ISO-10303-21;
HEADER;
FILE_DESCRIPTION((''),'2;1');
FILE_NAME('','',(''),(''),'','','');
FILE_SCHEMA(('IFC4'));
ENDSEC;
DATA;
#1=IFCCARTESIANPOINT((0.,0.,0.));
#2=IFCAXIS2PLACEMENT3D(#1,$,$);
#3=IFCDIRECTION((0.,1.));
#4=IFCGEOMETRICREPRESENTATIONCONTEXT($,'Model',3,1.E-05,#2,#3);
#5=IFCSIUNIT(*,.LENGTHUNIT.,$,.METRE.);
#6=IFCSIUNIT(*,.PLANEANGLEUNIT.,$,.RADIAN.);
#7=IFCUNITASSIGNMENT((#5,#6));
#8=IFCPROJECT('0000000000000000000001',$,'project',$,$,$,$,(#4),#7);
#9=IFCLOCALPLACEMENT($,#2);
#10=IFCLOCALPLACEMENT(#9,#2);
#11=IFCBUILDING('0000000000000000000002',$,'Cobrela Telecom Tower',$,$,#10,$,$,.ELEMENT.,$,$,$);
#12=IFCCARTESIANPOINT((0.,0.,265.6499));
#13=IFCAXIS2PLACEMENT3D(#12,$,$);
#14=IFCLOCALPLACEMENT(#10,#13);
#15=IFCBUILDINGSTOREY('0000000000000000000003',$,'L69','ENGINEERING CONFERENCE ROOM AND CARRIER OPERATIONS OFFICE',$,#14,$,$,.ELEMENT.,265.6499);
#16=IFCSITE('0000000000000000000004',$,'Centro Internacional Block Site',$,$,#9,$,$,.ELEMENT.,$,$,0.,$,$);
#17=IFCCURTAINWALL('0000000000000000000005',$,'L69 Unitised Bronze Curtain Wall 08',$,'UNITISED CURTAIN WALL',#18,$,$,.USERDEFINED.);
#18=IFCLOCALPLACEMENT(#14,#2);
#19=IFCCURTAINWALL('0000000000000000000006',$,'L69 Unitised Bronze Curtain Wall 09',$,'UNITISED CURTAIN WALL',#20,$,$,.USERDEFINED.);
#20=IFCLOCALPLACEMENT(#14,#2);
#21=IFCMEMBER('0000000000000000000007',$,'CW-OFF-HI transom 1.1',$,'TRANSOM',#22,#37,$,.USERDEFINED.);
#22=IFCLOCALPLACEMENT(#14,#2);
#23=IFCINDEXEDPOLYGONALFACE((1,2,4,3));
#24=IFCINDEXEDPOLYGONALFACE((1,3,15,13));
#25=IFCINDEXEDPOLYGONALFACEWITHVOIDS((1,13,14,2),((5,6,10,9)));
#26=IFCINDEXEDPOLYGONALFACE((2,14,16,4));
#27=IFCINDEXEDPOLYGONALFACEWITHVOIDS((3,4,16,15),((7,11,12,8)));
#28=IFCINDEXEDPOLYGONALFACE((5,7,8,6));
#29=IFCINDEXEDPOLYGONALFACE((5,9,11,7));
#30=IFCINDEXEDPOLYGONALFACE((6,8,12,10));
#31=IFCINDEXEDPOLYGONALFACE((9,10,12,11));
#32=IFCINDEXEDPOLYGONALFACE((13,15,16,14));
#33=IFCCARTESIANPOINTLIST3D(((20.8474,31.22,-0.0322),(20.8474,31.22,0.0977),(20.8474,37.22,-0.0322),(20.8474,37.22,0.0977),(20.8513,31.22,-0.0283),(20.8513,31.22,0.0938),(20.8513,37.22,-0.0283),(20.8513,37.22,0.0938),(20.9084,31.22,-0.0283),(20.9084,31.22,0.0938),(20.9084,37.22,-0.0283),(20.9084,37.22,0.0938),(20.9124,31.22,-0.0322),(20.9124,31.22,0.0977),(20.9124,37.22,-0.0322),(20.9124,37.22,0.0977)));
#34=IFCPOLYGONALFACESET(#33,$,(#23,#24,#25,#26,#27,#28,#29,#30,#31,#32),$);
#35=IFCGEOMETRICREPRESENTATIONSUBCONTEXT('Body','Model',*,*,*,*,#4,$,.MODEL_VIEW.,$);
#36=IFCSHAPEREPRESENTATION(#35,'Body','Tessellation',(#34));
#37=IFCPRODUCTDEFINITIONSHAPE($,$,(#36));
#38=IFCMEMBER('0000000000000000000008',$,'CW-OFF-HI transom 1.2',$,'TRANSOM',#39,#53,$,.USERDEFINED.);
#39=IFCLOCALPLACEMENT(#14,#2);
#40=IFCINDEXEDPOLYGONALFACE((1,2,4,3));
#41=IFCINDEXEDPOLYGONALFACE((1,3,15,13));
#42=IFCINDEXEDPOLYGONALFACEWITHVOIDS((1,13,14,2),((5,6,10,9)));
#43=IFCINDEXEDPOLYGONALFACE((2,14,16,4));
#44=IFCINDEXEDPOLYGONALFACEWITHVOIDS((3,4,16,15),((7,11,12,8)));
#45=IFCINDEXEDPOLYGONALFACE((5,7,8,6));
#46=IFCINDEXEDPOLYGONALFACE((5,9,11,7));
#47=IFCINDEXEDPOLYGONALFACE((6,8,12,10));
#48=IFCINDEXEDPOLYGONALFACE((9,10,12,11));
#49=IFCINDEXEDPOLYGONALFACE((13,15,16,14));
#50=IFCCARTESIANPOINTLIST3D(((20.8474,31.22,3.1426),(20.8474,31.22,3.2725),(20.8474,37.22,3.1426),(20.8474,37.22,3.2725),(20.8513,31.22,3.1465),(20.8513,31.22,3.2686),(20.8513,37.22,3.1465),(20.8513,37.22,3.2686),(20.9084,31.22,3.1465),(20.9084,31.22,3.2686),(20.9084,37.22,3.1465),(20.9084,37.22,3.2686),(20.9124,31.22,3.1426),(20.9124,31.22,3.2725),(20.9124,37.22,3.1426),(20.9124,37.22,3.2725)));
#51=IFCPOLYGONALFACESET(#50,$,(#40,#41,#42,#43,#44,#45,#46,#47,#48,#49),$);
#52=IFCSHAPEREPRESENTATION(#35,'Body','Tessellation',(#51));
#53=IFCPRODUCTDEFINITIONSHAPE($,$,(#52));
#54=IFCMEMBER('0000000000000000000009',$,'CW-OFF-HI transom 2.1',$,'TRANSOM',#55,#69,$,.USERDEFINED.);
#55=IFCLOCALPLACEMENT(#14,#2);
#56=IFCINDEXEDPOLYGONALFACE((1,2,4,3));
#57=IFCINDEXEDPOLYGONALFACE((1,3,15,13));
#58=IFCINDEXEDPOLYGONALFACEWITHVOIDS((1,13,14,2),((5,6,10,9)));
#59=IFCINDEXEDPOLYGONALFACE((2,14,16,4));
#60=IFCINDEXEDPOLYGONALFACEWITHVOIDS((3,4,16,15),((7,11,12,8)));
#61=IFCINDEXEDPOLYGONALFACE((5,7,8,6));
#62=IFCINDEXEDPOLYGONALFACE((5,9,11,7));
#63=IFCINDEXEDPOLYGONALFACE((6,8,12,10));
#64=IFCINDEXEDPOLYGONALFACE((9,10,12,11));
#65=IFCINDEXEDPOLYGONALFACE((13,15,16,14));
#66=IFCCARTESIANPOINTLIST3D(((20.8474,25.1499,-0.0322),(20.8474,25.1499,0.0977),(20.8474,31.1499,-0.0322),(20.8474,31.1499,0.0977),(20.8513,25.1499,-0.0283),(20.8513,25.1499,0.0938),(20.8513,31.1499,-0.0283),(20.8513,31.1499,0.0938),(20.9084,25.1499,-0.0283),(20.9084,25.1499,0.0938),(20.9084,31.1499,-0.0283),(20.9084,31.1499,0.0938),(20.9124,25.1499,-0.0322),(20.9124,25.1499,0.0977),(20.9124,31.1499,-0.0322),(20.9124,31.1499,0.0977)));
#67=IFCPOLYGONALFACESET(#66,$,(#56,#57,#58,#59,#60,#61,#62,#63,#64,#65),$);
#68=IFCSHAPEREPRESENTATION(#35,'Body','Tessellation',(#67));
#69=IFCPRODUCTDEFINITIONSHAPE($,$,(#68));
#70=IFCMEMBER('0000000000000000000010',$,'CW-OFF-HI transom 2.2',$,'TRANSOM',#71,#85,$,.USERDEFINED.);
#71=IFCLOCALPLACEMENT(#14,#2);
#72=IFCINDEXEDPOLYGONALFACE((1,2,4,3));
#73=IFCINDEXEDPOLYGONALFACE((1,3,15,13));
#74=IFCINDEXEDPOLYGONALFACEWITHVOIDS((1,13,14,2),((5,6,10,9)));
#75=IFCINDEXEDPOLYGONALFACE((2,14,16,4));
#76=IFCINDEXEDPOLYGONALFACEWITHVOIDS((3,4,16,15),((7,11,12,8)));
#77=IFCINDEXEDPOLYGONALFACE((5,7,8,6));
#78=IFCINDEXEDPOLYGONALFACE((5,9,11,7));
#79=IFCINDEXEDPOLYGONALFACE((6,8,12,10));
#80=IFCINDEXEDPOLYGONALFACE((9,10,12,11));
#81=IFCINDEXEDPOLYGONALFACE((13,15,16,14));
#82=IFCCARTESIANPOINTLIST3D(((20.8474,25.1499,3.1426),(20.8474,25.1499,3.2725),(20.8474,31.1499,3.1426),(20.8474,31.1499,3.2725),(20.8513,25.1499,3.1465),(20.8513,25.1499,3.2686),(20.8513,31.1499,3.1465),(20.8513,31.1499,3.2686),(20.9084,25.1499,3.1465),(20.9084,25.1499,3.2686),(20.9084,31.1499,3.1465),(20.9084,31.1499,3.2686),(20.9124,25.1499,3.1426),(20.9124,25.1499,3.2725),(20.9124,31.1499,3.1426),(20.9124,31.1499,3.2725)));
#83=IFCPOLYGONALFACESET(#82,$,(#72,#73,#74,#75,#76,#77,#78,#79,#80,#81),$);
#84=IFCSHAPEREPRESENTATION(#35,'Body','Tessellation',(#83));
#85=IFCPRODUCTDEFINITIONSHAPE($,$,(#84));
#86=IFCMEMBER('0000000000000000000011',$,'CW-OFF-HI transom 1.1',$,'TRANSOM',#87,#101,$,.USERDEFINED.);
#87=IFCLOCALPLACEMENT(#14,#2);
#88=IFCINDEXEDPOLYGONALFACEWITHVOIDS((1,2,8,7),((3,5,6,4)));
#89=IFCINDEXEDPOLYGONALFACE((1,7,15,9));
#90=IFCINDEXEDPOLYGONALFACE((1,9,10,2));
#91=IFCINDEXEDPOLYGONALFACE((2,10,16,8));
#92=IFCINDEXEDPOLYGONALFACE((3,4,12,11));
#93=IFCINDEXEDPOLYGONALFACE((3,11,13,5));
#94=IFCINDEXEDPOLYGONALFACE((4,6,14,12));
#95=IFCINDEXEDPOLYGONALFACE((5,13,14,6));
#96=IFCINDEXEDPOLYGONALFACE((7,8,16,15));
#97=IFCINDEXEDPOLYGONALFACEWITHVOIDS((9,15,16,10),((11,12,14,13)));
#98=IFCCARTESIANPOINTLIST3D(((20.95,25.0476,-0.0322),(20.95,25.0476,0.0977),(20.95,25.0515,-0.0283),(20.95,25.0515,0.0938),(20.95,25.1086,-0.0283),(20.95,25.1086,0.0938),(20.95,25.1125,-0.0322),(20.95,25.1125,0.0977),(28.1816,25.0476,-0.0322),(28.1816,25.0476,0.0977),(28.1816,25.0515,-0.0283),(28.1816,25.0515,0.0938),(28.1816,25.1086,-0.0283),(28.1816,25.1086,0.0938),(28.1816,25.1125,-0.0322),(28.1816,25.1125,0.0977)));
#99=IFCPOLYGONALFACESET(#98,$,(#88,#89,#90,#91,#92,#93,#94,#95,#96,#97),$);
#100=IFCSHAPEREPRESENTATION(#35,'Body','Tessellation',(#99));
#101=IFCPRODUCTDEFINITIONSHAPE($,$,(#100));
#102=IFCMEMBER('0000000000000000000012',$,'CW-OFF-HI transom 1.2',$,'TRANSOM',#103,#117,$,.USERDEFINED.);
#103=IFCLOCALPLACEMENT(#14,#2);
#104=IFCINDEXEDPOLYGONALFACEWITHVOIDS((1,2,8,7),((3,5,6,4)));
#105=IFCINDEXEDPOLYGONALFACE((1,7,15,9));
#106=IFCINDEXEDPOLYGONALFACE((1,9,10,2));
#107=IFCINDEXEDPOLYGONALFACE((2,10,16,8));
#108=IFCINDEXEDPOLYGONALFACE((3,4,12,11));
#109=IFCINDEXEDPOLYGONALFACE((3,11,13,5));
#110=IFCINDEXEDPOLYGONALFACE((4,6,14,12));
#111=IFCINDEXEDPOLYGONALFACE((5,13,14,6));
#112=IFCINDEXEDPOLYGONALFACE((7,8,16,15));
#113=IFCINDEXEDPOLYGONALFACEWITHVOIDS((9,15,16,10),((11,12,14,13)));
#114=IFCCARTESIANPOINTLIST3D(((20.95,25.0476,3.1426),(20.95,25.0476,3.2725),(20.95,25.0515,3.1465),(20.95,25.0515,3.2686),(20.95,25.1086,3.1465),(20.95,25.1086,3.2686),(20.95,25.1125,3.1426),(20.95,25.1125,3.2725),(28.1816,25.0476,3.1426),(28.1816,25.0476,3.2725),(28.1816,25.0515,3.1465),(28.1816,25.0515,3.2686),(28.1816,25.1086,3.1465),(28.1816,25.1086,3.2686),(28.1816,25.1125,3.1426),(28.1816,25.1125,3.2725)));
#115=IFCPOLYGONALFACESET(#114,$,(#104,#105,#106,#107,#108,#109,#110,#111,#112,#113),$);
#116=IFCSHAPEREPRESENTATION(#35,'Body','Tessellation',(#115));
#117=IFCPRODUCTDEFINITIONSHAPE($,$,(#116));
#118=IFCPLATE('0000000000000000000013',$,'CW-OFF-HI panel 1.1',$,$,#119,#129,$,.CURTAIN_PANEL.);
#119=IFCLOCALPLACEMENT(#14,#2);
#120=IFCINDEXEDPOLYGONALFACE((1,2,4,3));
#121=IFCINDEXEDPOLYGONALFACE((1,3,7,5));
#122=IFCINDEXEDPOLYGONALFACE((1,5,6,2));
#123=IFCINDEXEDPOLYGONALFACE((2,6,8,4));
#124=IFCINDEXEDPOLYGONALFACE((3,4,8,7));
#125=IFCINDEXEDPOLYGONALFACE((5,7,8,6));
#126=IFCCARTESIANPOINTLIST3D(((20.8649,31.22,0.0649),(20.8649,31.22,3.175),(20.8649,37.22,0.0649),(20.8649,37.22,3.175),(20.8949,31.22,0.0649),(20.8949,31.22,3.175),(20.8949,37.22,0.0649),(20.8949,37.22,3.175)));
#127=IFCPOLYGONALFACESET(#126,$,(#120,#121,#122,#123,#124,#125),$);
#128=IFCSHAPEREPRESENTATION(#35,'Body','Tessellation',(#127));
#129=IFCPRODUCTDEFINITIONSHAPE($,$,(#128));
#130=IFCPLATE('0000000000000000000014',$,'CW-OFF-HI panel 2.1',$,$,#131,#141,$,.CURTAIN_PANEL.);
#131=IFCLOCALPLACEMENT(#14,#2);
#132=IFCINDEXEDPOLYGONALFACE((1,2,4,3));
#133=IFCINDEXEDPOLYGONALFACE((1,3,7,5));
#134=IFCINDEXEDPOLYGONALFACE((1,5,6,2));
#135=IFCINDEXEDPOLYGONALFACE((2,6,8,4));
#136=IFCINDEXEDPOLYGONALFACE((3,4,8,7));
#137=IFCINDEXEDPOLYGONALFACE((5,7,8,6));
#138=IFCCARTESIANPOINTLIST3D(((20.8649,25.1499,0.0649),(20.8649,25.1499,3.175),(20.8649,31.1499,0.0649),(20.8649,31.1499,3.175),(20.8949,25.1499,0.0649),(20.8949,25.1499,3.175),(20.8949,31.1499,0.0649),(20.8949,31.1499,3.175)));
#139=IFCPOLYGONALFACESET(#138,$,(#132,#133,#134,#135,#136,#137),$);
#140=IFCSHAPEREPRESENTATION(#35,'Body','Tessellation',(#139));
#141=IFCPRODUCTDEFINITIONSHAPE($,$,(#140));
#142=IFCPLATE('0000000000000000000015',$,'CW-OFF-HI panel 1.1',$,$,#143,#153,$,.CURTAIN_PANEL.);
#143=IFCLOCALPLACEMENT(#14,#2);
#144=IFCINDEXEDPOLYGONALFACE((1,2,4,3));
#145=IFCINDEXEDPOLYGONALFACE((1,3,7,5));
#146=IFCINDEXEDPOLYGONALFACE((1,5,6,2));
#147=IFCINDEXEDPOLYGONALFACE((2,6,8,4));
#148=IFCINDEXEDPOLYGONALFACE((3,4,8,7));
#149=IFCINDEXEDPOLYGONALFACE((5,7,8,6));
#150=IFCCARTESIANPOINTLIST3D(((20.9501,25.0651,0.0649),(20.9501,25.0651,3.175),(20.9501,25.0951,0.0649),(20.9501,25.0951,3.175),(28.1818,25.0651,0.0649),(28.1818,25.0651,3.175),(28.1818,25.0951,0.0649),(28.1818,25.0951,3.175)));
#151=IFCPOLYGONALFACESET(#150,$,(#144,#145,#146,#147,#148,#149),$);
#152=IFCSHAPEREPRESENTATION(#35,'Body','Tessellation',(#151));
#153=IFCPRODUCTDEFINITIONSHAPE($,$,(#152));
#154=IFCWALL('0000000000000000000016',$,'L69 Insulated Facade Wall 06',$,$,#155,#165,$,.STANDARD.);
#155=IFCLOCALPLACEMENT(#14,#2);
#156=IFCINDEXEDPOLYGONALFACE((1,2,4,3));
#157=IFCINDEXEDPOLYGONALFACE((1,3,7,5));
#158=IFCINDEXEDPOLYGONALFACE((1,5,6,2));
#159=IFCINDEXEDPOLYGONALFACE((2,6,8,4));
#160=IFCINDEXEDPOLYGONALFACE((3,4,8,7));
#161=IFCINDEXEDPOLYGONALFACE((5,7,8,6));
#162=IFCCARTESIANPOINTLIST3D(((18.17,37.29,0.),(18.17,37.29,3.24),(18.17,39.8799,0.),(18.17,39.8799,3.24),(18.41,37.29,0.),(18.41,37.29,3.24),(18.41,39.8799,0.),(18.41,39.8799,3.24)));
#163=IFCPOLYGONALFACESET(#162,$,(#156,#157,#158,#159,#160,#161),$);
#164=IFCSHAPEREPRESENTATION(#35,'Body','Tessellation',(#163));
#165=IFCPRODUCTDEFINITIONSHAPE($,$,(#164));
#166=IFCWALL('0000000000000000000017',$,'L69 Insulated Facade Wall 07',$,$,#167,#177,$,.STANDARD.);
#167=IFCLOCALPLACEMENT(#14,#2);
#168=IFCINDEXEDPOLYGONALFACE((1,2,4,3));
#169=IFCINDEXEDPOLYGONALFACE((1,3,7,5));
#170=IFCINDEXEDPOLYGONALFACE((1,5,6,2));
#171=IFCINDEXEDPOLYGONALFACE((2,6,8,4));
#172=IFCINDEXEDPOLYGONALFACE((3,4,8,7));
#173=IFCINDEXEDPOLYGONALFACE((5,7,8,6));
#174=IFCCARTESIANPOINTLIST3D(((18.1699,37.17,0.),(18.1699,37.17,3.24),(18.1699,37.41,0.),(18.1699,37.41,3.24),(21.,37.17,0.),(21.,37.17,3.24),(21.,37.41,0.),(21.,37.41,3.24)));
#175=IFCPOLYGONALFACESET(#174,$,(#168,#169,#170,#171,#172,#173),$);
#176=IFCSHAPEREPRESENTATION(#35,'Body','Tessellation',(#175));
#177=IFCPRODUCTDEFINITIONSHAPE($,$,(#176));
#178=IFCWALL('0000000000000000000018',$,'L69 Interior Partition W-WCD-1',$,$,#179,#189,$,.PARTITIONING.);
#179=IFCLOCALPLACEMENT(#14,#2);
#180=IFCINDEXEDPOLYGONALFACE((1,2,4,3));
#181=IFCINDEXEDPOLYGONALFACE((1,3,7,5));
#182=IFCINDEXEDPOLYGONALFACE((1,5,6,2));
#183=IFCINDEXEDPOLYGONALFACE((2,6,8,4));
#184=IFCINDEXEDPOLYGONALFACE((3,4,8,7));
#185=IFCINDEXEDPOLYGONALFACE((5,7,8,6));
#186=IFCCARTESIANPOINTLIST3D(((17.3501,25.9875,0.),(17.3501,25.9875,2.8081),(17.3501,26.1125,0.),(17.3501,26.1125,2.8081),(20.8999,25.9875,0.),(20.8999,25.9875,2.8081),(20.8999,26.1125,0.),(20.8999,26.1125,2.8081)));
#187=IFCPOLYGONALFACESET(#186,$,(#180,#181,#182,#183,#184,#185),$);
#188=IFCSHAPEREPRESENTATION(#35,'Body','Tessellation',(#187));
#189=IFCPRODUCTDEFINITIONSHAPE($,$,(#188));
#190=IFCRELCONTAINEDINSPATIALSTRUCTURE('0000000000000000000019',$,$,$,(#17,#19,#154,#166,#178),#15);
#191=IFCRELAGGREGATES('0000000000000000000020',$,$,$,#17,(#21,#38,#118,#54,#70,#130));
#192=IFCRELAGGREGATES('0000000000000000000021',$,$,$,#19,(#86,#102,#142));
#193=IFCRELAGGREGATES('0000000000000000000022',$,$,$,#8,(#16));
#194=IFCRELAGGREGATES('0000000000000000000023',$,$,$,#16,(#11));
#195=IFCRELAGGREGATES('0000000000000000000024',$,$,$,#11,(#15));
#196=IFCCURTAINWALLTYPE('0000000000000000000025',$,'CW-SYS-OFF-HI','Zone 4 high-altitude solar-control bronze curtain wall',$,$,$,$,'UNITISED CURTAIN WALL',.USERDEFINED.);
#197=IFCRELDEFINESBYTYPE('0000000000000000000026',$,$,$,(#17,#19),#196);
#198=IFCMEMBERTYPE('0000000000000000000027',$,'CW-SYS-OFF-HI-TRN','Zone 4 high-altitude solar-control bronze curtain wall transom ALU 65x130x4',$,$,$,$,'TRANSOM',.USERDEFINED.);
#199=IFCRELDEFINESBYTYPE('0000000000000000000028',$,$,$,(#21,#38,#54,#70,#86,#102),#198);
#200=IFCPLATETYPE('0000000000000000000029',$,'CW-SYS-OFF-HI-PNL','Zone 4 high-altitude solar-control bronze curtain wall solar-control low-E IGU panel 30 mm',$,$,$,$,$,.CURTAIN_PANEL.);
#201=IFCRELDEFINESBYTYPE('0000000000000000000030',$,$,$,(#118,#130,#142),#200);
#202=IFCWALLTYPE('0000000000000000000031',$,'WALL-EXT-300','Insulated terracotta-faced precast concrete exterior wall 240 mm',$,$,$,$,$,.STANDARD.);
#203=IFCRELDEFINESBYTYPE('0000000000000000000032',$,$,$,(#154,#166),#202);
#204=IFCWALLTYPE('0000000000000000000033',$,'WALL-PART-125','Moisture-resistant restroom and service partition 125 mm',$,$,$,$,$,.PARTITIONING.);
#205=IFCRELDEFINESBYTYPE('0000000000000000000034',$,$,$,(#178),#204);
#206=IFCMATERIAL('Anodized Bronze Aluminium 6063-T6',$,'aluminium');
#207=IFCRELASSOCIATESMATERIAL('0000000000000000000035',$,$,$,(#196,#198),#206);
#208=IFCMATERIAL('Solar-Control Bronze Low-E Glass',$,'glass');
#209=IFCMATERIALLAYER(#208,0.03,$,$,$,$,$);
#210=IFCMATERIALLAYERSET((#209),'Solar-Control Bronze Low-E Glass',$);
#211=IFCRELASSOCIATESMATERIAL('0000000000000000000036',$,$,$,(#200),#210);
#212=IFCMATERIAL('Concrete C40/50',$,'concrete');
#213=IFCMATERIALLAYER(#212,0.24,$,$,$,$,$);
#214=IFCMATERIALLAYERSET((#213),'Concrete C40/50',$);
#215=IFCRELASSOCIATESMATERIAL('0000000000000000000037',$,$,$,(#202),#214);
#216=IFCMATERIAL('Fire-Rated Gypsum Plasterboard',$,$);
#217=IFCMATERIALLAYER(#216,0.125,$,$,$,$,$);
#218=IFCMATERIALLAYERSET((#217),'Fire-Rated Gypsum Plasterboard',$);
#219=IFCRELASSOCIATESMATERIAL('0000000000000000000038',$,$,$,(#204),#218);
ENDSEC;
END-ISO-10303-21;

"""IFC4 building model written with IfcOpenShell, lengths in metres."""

from ifc_helpers import new_model, si_unit, direction, frame, frame_2d, origin, origin_2d, place, context, subcontext, project, spatial, rectangle, hollow_rectangle, extrude, material, layer, layer_set, material_profile, profile_set, type_object, element, aggregate, save


model = new_model("IFC4")

# Units and contexts
model_context = context("Model", 3, precision=1e-05, world=origin(), true_north=direction((0.0, 1.0)))
body_context = subcontext(model_context, "Body", "Model", "MODEL_VIEW")
ifc_project = project(units=[si_unit("LENGTHUNIT", "METRE"), si_unit("PLANEANGLEUNIT", "RADIAN")], contexts=[model_context])

# Site, building, storey
site_placement = place(None, origin())
site = spatial("IfcSite", under=ifc_project, at=site_placement, Name="Centro Internacional Block Site", CompositionType="ELEMENT", RefElevation=0.0)
building_placement = place(site_placement, origin())
building = spatial("IfcBuilding", under=site, at=building_placement, Name="Cobrela Telecom Tower", CompositionType="ELEMENT")
storey_placement = place(building_placement, frame((0.0, 0.0, 265.6499)))
storey = spatial("IfcBuildingStorey", under=building, at=storey_placement, Name="L69", Description="ENGINEERING CONFERENCE ROOM AND CARRIER OPERATIONS OFFICE", CompositionType="ELEMENT", Elevation=265.6499)

# Shared definitions
ifc_material_1 = material(Name="Anodized Bronze Aluminium 6063-T6", Category="aluminium")
curtain_wall_type = type_object("IfcCurtainWallType", Name="CW-SYS-OFF-HI", Description="Zone 4 high-altitude solar-control bronze curtain wall", ElementType="UNITISED CURTAIN WALL", PredefinedType="USERDEFINED", material=ifc_material_1)

# Curtain wall
curtain_wall_1_placement = place(storey_placement, origin())
curtain_wall_1 = element("IfcCurtainWall", 1, at=curtain_wall_1_placement, inside=storey, type_object=curtain_wall_type, Name="L69 Unitised Bronze Curtain Wall 08", ObjectType="UNITISED CURTAIN WALL", PredefinedType="USERDEFINED")

# Curtain wall
curtain_wall_2_placement = place(storey_placement, origin())
curtain_wall_2 = element("IfcCurtainWall", 2, at=curtain_wall_2_placement, inside=storey, type_object=curtain_wall_type, Name="L69 Unitised Bronze Curtain Wall 09", ObjectType="UNITISED CURTAIN WALL", PredefinedType="USERDEFINED")

# Members
ifc_material_profile_1 = material_profile(ifc_material_1, hollow_rectangle(XDim=0.0649, YDim=0.1299, WallThickness=0.0039, at=origin_2d()), Name="ALU 65x130x4")
ifc_profile_set_1 = profile_set([ifc_material_profile_1], Name="Anodized Bronze Aluminium 6063-T6")
member_type_1 = type_object("IfcMemberType", Name="CW-SYS-OFF-HI-TRN", Description="Zone 4 high-altitude solar-control bronze curtain wall transom ALU 65x130x4", ElementType="TRANSOM", PredefinedType="USERDEFINED", material=ifc_profile_set_1)
member_1_placement = place(storey_placement, frame((20.8799, 37.22, 0.0327), z_axis=(0.0, -1.0, 0.0), x_axis=(1.0, 0.0, 0.0)))
member_1 = element("IfcMember", 3, at=member_1_placement, type_object=member_type_1, Name="CW-OFF-HI transom 1.1", ObjectType="TRANSOM", PredefinedType="USERDEFINED", context=body_context, shape_type="SweptSolid", body=[
    extrude(hollow_rectangle(XDim=0.0649, YDim=0.1299, WallThickness=0.0039, at=origin_2d()), origin(), (0.0, 0.0, 1.0), 6.0),
])
member_2_placement = place(storey_placement, frame((20.8799, 37.22, 3.2075), z_axis=(0.0, -1.0, 0.0), x_axis=(1.0, 0.0, 0.0)))
member_2 = element("IfcMember", 4, at=member_2_placement, type_object=member_type_1, Name="CW-OFF-HI transom 1.2", ObjectType="TRANSOM", PredefinedType="USERDEFINED", context=body_context, shape_type="SweptSolid", body=[
    extrude(hollow_rectangle(XDim=0.0649, YDim=0.1299, WallThickness=0.0039, at=origin_2d()), origin(), (0.0, 0.0, 1.0), 6.0),
])
member_3_placement = place(storey_placement, frame((20.8799, 31.1499, 0.0327), z_axis=(0.0, -1.0, 0.0), x_axis=(1.0, 0.0, 0.0)))
member_3 = element("IfcMember", 5, at=member_3_placement, type_object=member_type_1, Name="CW-OFF-HI transom 2.1", ObjectType="TRANSOM", PredefinedType="USERDEFINED", context=body_context, shape_type="SweptSolid", body=[
    extrude(hollow_rectangle(XDim=0.0649, YDim=0.1299, WallThickness=0.0039, at=origin_2d()), origin(), (0.0, 0.0, 1.0), 6.0),
])
member_4_placement = place(storey_placement, frame((20.8799, 31.1499, 3.2075), z_axis=(0.0, -1.0, 0.0), x_axis=(1.0, 0.0, 0.0)))
member_4 = element("IfcMember", 6, at=member_4_placement, type_object=member_type_1, Name="CW-OFF-HI transom 2.2", ObjectType="TRANSOM", PredefinedType="USERDEFINED", context=body_context, shape_type="SweptSolid", body=[
    extrude(hollow_rectangle(XDim=0.0649, YDim=0.1299, WallThickness=0.0039, at=origin_2d()), origin(), (0.0, 0.0, 1.0), 6.0),
])
member_5_placement = place(storey_placement, frame((20.95, 25.0801, 0.0327), z_axis=(1.0, 0.0, 0.0), x_axis=(0.0, 1.0, 0.0)))
member_5 = element("IfcMember", 7, at=member_5_placement, type_object=member_type_1, Name="CW-OFF-HI transom 1.1", ObjectType="TRANSOM", PredefinedType="USERDEFINED", context=body_context, shape_type="SweptSolid", body=[
    extrude(hollow_rectangle(XDim=0.0649, YDim=0.1299, WallThickness=0.0039, at=origin_2d()), origin(), (0.0, 0.0, 1.0), 7.2317),
])
member_6_placement = place(storey_placement, frame((20.95, 25.0801, 3.2075), z_axis=(1.0, 0.0, 0.0), x_axis=(0.0, 1.0, 0.0)))
member_6 = element("IfcMember", 8, at=member_6_placement, type_object=member_type_1, Name="CW-OFF-HI transom 1.2", ObjectType="TRANSOM", PredefinedType="USERDEFINED", context=body_context, shape_type="SweptSolid", body=[
    extrude(hollow_rectangle(XDim=0.0649, YDim=0.1299, WallThickness=0.0039, at=origin_2d()), origin(), (0.0, 0.0, 1.0), 7.2317),
])

# Plates
ifc_material_2 = material(Name="Solar-Control Bronze Low-E Glass", Category="glass")
ifc_layer_1 = layer(ifc_material_2, 0.03)
ifc_layer_set_1 = layer_set([ifc_layer_1], Name="Solar-Control Bronze Low-E Glass")
plate_type = type_object("IfcPlateType", Name="CW-SYS-OFF-HI-PNL", Description="Zone 4 high-altitude solar-control bronze curtain wall solar-control low-E IGU panel 30 mm", PredefinedType="CURTAIN_PANEL", material=ifc_layer_set_1)
plate_1_placement = place(storey_placement, frame((20.8799, 34.22, 0.0649), z_axis=(0.0, 0.0, 1.0), x_axis=(0.0, -1.0, 0.0)))
plate_1 = element("IfcPlate", 9, at=plate_1_placement, type_object=plate_type, Name="CW-OFF-HI panel 1.1", PredefinedType="CURTAIN_PANEL", context=body_context, shape_type="SweptSolid", body=[
    extrude(rectangle(XDim=6.0, YDim=0.03, at=origin_2d()), origin(), (0.0, 0.0, 1.0), 3.1101),
])
plate_2_placement = place(storey_placement, frame((20.8799, 28.1499, 0.0649), z_axis=(0.0, 0.0, 1.0), x_axis=(0.0, -1.0, 0.0)))
plate_2 = element("IfcPlate", 10, at=plate_2_placement, type_object=plate_type, Name="CW-OFF-HI panel 2.1", PredefinedType="CURTAIN_PANEL", context=body_context, shape_type="SweptSolid", body=[
    extrude(rectangle(XDim=6.0, YDim=0.03, at=origin_2d()), origin(), (0.0, 0.0, 1.0), 3.1101),
])
aggregate(curtain_wall_1, [member_1, member_2, plate_1, member_3, member_4, plate_2])
plate_3_placement = place(storey_placement, frame((24.5659, 25.0801, 0.0649), z_axis=(0.0, 0.0, 1.0), x_axis=(1.0, 0.0, 0.0)))
plate_3 = element("IfcPlate", 11, at=plate_3_placement, type_object=plate_type, Name="CW-OFF-HI panel 1.1", PredefinedType="CURTAIN_PANEL", context=body_context, shape_type="SweptSolid", body=[
    extrude(rectangle(XDim=7.2317, YDim=0.03, at=origin_2d()), origin(), (0.0, 0.0, 1.0), 3.1101),
])
aggregate(curtain_wall_2, [member_5, member_6, plate_3])

# Walls
ifc_material_3 = material(Name="Concrete C40/50", Category="concrete")
ifc_layer_2 = layer(ifc_material_3, 0.24)
ifc_layer_set_2 = layer_set([ifc_layer_2], Name="Concrete C40/50")
wall_type_1 = type_object("IfcWallType", Name="WALL-EXT-300", Description="Insulated terracotta-faced precast concrete exterior wall 240 mm", PredefinedType="STANDARD", material=ifc_layer_set_2)
wall_1_placement = place(storey_placement, frame((18.29, 39.8799, 0.0), z_axis=(0.0, 0.0, 1.0), x_axis=(0.0, -1.0, 0.0)))
element("IfcWall", 12, at=wall_1_placement, inside=storey, type_object=wall_type_1, Name="L69 Insulated Facade Wall 06", PredefinedType="STANDARD", context=body_context, shape_type="SweptSolid", body=[
    extrude(rectangle(XDim=2.5898, YDim=0.24, at=frame_2d((1.2949, 0.0))), origin(), (0.0, 0.0, 1.0), 3.24),
])
wall_2_placement = place(storey_placement, frame((18.1699, 37.29, 0.0), z_axis=(0.0, 0.0, 1.0), x_axis=(1.0, 0.0, 0.0)))
element("IfcWall", 13, at=wall_2_placement, inside=storey, type_object=wall_type_1, Name="L69 Insulated Facade Wall 07", PredefinedType="STANDARD", context=body_context, shape_type="SweptSolid", body=[
    extrude(rectangle(XDim=2.8301, YDim=0.24, at=frame_2d((1.415, 0.0))), origin(), (0.0, 0.0, 1.0), 3.24),
])
ifc_material_4 = material(Name="Fire-Rated Gypsum Plasterboard")
ifc_layer_3 = layer(ifc_material_4, 0.125)
ifc_layer_set_3 = layer_set([ifc_layer_3], Name="Fire-Rated Gypsum Plasterboard")
wall_type_2 = type_object("IfcWallType", Name="WALL-PART-125", Description="Moisture-resistant restroom and service partition 125 mm", PredefinedType="PARTITIONING", material=ifc_layer_set_3)
for number, where, z_axis, x_axis, name in (
    (14, (17.3501, 26.05, 0.0), (0.0, 0.0, 1.0), (1.0, 0.0, 0.0), "L69 Interior Partition W-WCD-1"),
):
    element("IfcWall", number, at=place(storey_placement, frame(where, z_axis=z_axis, x_axis=x_axis)), inside=storey, type_object=wall_type_2, Name=name, PredefinedType="PARTITIONING", context=body_context, shape_type="SweptSolid", body=[
        extrude(rectangle(XDim=3.5498, YDim=0.125, at=frame_2d((1.7749, 0.0))), origin(), (0.0, 0.0, 1.0), 2.8081),
    ])

save(model, "model.ifc")
